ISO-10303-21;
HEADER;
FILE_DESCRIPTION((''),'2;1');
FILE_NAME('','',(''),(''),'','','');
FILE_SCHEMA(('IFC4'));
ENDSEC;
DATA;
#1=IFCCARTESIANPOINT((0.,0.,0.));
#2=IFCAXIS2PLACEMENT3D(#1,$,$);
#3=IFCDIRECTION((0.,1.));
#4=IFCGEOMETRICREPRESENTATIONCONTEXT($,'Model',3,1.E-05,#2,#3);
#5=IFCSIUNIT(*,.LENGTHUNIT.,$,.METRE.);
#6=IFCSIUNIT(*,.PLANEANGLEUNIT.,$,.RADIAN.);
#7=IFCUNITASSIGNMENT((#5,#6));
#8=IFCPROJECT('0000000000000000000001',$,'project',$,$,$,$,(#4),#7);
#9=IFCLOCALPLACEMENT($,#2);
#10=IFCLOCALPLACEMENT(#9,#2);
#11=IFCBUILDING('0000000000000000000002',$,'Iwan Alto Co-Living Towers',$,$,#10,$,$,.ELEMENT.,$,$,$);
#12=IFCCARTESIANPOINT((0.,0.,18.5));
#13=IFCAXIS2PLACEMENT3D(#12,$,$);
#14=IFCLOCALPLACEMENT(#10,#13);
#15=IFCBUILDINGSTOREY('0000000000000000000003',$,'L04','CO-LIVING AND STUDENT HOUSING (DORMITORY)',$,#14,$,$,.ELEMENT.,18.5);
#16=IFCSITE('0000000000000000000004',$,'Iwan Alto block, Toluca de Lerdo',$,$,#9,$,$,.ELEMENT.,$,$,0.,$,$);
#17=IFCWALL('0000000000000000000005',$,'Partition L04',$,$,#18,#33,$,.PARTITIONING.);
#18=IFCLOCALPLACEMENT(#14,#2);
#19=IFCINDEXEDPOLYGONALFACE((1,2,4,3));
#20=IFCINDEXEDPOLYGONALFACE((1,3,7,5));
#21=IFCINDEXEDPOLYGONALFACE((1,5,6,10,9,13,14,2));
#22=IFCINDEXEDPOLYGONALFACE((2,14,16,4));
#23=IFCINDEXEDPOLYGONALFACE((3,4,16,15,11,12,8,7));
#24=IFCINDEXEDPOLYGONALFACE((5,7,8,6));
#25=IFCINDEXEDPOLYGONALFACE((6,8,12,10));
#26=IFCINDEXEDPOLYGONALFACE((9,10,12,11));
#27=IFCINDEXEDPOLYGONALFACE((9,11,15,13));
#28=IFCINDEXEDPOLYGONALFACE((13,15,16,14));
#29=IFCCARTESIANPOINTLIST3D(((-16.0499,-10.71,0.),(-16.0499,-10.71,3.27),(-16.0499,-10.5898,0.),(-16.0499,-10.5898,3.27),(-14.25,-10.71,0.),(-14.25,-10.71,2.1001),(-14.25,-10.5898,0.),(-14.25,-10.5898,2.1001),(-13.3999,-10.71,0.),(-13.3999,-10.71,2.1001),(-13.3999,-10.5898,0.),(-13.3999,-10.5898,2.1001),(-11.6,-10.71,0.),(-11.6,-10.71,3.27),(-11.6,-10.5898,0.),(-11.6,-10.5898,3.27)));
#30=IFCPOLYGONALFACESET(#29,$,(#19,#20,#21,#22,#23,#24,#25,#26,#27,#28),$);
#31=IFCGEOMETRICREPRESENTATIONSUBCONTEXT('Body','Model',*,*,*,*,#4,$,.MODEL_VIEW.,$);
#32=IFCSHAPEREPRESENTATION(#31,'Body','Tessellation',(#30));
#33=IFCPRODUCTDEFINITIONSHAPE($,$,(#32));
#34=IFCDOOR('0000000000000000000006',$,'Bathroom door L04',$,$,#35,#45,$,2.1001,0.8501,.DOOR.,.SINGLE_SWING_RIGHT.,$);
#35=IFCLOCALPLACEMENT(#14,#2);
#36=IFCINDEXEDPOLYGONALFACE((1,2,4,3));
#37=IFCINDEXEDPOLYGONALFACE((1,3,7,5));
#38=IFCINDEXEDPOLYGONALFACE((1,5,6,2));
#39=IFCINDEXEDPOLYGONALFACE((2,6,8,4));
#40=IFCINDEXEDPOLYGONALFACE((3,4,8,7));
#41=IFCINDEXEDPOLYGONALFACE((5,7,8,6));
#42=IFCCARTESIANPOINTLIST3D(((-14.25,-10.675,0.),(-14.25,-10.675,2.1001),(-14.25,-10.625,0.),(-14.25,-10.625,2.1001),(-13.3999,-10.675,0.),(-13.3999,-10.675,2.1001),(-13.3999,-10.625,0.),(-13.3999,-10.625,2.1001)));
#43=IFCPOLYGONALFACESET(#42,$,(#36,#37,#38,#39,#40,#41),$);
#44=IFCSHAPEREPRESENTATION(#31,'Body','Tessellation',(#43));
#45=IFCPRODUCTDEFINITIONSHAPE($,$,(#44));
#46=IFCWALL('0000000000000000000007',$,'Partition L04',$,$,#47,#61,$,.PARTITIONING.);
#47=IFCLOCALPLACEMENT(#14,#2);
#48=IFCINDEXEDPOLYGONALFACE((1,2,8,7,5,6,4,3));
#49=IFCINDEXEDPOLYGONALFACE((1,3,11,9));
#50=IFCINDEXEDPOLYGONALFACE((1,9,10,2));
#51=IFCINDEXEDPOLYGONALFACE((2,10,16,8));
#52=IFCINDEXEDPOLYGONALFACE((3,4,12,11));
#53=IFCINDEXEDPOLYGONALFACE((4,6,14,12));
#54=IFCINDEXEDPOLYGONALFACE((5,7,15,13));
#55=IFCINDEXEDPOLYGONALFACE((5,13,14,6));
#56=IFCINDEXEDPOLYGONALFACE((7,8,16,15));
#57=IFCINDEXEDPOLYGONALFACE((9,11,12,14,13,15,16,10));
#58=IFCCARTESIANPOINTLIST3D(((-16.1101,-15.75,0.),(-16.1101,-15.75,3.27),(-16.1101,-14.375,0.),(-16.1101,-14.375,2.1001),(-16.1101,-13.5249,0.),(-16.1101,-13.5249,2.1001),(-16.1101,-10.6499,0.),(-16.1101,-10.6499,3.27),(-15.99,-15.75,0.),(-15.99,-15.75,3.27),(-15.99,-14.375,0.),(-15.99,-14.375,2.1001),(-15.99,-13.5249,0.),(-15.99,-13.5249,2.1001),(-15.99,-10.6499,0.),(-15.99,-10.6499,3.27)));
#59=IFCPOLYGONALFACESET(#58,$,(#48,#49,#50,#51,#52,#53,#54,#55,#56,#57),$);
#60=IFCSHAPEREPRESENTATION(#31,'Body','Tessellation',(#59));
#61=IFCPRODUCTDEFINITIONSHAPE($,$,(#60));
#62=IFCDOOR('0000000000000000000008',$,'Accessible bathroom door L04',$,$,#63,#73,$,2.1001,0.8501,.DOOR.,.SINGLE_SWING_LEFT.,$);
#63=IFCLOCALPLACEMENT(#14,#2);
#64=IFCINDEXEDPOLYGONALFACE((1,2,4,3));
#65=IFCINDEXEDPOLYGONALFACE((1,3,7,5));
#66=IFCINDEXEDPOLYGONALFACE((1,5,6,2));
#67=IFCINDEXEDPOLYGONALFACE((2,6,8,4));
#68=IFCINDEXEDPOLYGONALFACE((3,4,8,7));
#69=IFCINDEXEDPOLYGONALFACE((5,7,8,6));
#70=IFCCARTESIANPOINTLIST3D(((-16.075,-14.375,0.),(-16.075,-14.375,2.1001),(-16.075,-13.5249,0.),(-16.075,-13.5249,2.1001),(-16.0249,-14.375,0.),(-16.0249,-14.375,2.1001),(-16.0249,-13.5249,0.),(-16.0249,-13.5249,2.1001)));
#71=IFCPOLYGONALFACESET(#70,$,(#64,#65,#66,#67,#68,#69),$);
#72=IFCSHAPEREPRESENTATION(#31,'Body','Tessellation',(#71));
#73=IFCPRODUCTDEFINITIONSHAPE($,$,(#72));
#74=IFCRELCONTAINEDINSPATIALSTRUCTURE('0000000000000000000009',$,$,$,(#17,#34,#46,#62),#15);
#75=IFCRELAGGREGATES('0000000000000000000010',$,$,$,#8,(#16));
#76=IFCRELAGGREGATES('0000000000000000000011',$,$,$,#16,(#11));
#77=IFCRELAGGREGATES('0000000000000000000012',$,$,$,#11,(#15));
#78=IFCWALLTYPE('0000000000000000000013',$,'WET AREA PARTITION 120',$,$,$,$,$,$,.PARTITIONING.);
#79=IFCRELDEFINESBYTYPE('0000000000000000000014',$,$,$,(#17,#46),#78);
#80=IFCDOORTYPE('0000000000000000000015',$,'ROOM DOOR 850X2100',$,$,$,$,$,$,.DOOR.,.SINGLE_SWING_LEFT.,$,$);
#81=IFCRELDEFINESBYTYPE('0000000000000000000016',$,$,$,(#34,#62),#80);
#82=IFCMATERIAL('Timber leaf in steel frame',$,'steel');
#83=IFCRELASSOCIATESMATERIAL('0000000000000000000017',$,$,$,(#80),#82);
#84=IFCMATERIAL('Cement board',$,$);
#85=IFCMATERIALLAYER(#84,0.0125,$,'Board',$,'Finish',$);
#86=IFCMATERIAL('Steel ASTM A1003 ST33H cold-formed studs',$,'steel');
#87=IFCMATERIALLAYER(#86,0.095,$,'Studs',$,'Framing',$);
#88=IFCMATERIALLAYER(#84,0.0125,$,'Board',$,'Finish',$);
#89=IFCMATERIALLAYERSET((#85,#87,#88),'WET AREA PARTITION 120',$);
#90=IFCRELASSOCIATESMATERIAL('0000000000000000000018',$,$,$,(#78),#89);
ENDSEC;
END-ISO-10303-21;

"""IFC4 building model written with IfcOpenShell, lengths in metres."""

from ifc_helpers import new_model, si_unit, direction, frame, frame_2d, origin, place, context, subcontext, project, spatial, rectangle, extrude, material, layer, layer_set, type_object, element, fill, save


model = new_model("IFC4")

# Units and contexts
model_context = context("Model", 3, precision=1e-05, world=origin(), true_north=direction((0.0, 1.0)))
body_context = subcontext(model_context, "Body", "Model", "MODEL_VIEW")
ifc_project = project(units=[si_unit("LENGTHUNIT", "METRE"), si_unit("PLANEANGLEUNIT", "RADIAN")], contexts=[model_context])

# Site, building, storey
site_placement = place(None, origin())
site = spatial("IfcSite", under=ifc_project, at=site_placement, Name="Iwan Alto block, Toluca de Lerdo", CompositionType="ELEMENT", RefElevation=0.0)
building_placement = place(site_placement, origin())
building = spatial("IfcBuilding", under=site, at=building_placement, Name="Iwan Alto Co-Living Towers", CompositionType="ELEMENT")
storey_placement = place(building_placement, frame((0.0, 0.0, 18.5)))
storey = spatial("IfcBuildingStorey", under=building, at=storey_placement, Name="L04", Description="CO-LIVING AND STUDENT HOUSING (DORMITORY)", CompositionType="ELEMENT", Elevation=18.5)

# Shared definitions
ifc_material_1 = material(Name="Steel ASTM A1003 ST33H cold-formed studs", Category="steel")

# Shared definitions
ifc_material_2 = material(Name="Timber leaf in steel frame", Category="steel")
door_type_1 = type_object("IfcDoorType", Name="ROOM DOOR 850X2100", OperationType="SINGLE_SWING_LEFT", PredefinedType="DOOR", material=ifc_material_2)

# Shared definitions
ifc_material_3 = material(Name="Cement board")
ifc_layer_1 = layer(ifc_material_3, 0.0125, Name="Board", Category="Finish")
ifc_layer_2 = layer(ifc_material_1, 0.095, Name="Studs", Category="Framing")
ifc_layer_3 = layer(ifc_material_3, 0.0125, Name="Board", Category="Finish")
ifc_layer_set_1 = layer_set([ifc_layer_1, ifc_layer_2, ifc_layer_3], Name="WET AREA PARTITION 120")
wall_type_1 = type_object("IfcWallType", Name="WET AREA PARTITION 120", PredefinedType="PARTITIONING", material=ifc_layer_set_1)

# Walls, openings, doors
wall_1_placement = place(storey_placement, frame((-16.05, -10.6499, 0.0), z_axis=(0.0, 0.0, 1.0), x_axis=(1.0, 0.0, 0.0)))
wall_1 = element("IfcWall", 1, at=wall_1_placement, inside=storey, type_object=wall_type_1, Name="Partition L04", PredefinedType="PARTITIONING", context=body_context, shape_type="SweptSolid", body=[
    extrude(rectangle(XDim=4.45, YDim=0.1201, at=frame_2d((2.2251, 0.0))), origin(), (0.0, 0.0, 1.0), 3.27),
])
opening_1_placement = place(wall_1_placement, frame((1.8, 0.0, 0.0)))
opening_1 = element("IfcOpeningElement", 2, at=opening_1_placement, cuts=wall_1, PredefinedType="OPENING", context=body_context, shape_type="SweptSolid", body=[
    extrude(rectangle(XDim=0.8501, YDim=2.1001, at=frame_2d((0.425, 1.05))), frame((0.0, 0.0701, 0.0), z_axis=(0.0, -1.0, 0.0), x_axis=(1.0, 0.0, 0.0)), (0.0, 0.0, 1.0), 0.1401),
])
door_1_placement = place(opening_1_placement, origin())
door_1 = element("IfcDoor", 3, at=door_1_placement, inside=storey, type_object=door_type_1, Name="Bathroom door L04", OperationType="SINGLE_SWING_RIGHT", OverallHeight=2.1001, OverallWidth=0.8501, PredefinedType="DOOR", context=body_context, shape_type="SweptSolid", body=[
    extrude(rectangle(XDim=0.8501, YDim=2.1001, at=frame_2d((0.425, 1.05))), frame((0.0, 0.0249, 0.0), z_axis=(0.0, -1.0, 0.0), x_axis=(1.0, 0.0, 0.0)), (0.0, 0.0, 1.0), 0.05),
])
fill(opening_1, door_1)
wall_2_placement = place(storey_placement, frame((-16.05, -15.75, 0.0), z_axis=(0.0, 0.0, 1.0), x_axis=(0.0, 1.0, 0.0)))
wall_2 = element("IfcWall", 4, at=wall_2_placement, inside=storey, type_object=wall_type_1, Name="Partition L04", PredefinedType="PARTITIONING", context=body_context, shape_type="SweptSolid", body=[
    extrude(rectangle(XDim=5.1001, YDim=0.1201, at=frame_2d((2.55, 0.0))), origin(), (0.0, 0.0, 1.0), 3.27),
])
opening_2_placement = place(wall_2_placement, frame((1.375, 0.0, 0.0)))
opening_2 = element("IfcOpeningElement", 5, at=opening_2_placement, cuts=wall_2, PredefinedType="OPENING", context=body_context, shape_type="SweptSolid", body=[
    extrude(rectangle(XDim=0.8501, YDim=2.1001, at=frame_2d((0.425, 1.05))), frame((0.0, 0.0701, 0.0), z_axis=(0.0, -1.0, 0.0), x_axis=(1.0, 0.0, 0.0)), (0.0, 0.0, 1.0), 0.1401),
])
door_2_placement = place(opening_2_placement, origin())
door_2 = element("IfcDoor", 6, at=door_2_placement, inside=storey, type_object=door_type_1, Name="Accessible bathroom door L04", OperationType="SINGLE_SWING_LEFT", OverallHeight=2.1001, OverallWidth=0.8501, PredefinedType="DOOR", context=body_context, shape_type="SweptSolid", body=[
    extrude(rectangle(XDim=0.8501, YDim=2.1001, at=frame_2d((0.425, 1.05))), frame((0.0, 0.0249, 0.0), z_axis=(0.0, -1.0, 0.0), x_axis=(1.0, 0.0, 0.0)), (0.0, 0.0, 1.0), 0.05),
])
fill(opening_2, door_2)

save(model, "model.ifc")
